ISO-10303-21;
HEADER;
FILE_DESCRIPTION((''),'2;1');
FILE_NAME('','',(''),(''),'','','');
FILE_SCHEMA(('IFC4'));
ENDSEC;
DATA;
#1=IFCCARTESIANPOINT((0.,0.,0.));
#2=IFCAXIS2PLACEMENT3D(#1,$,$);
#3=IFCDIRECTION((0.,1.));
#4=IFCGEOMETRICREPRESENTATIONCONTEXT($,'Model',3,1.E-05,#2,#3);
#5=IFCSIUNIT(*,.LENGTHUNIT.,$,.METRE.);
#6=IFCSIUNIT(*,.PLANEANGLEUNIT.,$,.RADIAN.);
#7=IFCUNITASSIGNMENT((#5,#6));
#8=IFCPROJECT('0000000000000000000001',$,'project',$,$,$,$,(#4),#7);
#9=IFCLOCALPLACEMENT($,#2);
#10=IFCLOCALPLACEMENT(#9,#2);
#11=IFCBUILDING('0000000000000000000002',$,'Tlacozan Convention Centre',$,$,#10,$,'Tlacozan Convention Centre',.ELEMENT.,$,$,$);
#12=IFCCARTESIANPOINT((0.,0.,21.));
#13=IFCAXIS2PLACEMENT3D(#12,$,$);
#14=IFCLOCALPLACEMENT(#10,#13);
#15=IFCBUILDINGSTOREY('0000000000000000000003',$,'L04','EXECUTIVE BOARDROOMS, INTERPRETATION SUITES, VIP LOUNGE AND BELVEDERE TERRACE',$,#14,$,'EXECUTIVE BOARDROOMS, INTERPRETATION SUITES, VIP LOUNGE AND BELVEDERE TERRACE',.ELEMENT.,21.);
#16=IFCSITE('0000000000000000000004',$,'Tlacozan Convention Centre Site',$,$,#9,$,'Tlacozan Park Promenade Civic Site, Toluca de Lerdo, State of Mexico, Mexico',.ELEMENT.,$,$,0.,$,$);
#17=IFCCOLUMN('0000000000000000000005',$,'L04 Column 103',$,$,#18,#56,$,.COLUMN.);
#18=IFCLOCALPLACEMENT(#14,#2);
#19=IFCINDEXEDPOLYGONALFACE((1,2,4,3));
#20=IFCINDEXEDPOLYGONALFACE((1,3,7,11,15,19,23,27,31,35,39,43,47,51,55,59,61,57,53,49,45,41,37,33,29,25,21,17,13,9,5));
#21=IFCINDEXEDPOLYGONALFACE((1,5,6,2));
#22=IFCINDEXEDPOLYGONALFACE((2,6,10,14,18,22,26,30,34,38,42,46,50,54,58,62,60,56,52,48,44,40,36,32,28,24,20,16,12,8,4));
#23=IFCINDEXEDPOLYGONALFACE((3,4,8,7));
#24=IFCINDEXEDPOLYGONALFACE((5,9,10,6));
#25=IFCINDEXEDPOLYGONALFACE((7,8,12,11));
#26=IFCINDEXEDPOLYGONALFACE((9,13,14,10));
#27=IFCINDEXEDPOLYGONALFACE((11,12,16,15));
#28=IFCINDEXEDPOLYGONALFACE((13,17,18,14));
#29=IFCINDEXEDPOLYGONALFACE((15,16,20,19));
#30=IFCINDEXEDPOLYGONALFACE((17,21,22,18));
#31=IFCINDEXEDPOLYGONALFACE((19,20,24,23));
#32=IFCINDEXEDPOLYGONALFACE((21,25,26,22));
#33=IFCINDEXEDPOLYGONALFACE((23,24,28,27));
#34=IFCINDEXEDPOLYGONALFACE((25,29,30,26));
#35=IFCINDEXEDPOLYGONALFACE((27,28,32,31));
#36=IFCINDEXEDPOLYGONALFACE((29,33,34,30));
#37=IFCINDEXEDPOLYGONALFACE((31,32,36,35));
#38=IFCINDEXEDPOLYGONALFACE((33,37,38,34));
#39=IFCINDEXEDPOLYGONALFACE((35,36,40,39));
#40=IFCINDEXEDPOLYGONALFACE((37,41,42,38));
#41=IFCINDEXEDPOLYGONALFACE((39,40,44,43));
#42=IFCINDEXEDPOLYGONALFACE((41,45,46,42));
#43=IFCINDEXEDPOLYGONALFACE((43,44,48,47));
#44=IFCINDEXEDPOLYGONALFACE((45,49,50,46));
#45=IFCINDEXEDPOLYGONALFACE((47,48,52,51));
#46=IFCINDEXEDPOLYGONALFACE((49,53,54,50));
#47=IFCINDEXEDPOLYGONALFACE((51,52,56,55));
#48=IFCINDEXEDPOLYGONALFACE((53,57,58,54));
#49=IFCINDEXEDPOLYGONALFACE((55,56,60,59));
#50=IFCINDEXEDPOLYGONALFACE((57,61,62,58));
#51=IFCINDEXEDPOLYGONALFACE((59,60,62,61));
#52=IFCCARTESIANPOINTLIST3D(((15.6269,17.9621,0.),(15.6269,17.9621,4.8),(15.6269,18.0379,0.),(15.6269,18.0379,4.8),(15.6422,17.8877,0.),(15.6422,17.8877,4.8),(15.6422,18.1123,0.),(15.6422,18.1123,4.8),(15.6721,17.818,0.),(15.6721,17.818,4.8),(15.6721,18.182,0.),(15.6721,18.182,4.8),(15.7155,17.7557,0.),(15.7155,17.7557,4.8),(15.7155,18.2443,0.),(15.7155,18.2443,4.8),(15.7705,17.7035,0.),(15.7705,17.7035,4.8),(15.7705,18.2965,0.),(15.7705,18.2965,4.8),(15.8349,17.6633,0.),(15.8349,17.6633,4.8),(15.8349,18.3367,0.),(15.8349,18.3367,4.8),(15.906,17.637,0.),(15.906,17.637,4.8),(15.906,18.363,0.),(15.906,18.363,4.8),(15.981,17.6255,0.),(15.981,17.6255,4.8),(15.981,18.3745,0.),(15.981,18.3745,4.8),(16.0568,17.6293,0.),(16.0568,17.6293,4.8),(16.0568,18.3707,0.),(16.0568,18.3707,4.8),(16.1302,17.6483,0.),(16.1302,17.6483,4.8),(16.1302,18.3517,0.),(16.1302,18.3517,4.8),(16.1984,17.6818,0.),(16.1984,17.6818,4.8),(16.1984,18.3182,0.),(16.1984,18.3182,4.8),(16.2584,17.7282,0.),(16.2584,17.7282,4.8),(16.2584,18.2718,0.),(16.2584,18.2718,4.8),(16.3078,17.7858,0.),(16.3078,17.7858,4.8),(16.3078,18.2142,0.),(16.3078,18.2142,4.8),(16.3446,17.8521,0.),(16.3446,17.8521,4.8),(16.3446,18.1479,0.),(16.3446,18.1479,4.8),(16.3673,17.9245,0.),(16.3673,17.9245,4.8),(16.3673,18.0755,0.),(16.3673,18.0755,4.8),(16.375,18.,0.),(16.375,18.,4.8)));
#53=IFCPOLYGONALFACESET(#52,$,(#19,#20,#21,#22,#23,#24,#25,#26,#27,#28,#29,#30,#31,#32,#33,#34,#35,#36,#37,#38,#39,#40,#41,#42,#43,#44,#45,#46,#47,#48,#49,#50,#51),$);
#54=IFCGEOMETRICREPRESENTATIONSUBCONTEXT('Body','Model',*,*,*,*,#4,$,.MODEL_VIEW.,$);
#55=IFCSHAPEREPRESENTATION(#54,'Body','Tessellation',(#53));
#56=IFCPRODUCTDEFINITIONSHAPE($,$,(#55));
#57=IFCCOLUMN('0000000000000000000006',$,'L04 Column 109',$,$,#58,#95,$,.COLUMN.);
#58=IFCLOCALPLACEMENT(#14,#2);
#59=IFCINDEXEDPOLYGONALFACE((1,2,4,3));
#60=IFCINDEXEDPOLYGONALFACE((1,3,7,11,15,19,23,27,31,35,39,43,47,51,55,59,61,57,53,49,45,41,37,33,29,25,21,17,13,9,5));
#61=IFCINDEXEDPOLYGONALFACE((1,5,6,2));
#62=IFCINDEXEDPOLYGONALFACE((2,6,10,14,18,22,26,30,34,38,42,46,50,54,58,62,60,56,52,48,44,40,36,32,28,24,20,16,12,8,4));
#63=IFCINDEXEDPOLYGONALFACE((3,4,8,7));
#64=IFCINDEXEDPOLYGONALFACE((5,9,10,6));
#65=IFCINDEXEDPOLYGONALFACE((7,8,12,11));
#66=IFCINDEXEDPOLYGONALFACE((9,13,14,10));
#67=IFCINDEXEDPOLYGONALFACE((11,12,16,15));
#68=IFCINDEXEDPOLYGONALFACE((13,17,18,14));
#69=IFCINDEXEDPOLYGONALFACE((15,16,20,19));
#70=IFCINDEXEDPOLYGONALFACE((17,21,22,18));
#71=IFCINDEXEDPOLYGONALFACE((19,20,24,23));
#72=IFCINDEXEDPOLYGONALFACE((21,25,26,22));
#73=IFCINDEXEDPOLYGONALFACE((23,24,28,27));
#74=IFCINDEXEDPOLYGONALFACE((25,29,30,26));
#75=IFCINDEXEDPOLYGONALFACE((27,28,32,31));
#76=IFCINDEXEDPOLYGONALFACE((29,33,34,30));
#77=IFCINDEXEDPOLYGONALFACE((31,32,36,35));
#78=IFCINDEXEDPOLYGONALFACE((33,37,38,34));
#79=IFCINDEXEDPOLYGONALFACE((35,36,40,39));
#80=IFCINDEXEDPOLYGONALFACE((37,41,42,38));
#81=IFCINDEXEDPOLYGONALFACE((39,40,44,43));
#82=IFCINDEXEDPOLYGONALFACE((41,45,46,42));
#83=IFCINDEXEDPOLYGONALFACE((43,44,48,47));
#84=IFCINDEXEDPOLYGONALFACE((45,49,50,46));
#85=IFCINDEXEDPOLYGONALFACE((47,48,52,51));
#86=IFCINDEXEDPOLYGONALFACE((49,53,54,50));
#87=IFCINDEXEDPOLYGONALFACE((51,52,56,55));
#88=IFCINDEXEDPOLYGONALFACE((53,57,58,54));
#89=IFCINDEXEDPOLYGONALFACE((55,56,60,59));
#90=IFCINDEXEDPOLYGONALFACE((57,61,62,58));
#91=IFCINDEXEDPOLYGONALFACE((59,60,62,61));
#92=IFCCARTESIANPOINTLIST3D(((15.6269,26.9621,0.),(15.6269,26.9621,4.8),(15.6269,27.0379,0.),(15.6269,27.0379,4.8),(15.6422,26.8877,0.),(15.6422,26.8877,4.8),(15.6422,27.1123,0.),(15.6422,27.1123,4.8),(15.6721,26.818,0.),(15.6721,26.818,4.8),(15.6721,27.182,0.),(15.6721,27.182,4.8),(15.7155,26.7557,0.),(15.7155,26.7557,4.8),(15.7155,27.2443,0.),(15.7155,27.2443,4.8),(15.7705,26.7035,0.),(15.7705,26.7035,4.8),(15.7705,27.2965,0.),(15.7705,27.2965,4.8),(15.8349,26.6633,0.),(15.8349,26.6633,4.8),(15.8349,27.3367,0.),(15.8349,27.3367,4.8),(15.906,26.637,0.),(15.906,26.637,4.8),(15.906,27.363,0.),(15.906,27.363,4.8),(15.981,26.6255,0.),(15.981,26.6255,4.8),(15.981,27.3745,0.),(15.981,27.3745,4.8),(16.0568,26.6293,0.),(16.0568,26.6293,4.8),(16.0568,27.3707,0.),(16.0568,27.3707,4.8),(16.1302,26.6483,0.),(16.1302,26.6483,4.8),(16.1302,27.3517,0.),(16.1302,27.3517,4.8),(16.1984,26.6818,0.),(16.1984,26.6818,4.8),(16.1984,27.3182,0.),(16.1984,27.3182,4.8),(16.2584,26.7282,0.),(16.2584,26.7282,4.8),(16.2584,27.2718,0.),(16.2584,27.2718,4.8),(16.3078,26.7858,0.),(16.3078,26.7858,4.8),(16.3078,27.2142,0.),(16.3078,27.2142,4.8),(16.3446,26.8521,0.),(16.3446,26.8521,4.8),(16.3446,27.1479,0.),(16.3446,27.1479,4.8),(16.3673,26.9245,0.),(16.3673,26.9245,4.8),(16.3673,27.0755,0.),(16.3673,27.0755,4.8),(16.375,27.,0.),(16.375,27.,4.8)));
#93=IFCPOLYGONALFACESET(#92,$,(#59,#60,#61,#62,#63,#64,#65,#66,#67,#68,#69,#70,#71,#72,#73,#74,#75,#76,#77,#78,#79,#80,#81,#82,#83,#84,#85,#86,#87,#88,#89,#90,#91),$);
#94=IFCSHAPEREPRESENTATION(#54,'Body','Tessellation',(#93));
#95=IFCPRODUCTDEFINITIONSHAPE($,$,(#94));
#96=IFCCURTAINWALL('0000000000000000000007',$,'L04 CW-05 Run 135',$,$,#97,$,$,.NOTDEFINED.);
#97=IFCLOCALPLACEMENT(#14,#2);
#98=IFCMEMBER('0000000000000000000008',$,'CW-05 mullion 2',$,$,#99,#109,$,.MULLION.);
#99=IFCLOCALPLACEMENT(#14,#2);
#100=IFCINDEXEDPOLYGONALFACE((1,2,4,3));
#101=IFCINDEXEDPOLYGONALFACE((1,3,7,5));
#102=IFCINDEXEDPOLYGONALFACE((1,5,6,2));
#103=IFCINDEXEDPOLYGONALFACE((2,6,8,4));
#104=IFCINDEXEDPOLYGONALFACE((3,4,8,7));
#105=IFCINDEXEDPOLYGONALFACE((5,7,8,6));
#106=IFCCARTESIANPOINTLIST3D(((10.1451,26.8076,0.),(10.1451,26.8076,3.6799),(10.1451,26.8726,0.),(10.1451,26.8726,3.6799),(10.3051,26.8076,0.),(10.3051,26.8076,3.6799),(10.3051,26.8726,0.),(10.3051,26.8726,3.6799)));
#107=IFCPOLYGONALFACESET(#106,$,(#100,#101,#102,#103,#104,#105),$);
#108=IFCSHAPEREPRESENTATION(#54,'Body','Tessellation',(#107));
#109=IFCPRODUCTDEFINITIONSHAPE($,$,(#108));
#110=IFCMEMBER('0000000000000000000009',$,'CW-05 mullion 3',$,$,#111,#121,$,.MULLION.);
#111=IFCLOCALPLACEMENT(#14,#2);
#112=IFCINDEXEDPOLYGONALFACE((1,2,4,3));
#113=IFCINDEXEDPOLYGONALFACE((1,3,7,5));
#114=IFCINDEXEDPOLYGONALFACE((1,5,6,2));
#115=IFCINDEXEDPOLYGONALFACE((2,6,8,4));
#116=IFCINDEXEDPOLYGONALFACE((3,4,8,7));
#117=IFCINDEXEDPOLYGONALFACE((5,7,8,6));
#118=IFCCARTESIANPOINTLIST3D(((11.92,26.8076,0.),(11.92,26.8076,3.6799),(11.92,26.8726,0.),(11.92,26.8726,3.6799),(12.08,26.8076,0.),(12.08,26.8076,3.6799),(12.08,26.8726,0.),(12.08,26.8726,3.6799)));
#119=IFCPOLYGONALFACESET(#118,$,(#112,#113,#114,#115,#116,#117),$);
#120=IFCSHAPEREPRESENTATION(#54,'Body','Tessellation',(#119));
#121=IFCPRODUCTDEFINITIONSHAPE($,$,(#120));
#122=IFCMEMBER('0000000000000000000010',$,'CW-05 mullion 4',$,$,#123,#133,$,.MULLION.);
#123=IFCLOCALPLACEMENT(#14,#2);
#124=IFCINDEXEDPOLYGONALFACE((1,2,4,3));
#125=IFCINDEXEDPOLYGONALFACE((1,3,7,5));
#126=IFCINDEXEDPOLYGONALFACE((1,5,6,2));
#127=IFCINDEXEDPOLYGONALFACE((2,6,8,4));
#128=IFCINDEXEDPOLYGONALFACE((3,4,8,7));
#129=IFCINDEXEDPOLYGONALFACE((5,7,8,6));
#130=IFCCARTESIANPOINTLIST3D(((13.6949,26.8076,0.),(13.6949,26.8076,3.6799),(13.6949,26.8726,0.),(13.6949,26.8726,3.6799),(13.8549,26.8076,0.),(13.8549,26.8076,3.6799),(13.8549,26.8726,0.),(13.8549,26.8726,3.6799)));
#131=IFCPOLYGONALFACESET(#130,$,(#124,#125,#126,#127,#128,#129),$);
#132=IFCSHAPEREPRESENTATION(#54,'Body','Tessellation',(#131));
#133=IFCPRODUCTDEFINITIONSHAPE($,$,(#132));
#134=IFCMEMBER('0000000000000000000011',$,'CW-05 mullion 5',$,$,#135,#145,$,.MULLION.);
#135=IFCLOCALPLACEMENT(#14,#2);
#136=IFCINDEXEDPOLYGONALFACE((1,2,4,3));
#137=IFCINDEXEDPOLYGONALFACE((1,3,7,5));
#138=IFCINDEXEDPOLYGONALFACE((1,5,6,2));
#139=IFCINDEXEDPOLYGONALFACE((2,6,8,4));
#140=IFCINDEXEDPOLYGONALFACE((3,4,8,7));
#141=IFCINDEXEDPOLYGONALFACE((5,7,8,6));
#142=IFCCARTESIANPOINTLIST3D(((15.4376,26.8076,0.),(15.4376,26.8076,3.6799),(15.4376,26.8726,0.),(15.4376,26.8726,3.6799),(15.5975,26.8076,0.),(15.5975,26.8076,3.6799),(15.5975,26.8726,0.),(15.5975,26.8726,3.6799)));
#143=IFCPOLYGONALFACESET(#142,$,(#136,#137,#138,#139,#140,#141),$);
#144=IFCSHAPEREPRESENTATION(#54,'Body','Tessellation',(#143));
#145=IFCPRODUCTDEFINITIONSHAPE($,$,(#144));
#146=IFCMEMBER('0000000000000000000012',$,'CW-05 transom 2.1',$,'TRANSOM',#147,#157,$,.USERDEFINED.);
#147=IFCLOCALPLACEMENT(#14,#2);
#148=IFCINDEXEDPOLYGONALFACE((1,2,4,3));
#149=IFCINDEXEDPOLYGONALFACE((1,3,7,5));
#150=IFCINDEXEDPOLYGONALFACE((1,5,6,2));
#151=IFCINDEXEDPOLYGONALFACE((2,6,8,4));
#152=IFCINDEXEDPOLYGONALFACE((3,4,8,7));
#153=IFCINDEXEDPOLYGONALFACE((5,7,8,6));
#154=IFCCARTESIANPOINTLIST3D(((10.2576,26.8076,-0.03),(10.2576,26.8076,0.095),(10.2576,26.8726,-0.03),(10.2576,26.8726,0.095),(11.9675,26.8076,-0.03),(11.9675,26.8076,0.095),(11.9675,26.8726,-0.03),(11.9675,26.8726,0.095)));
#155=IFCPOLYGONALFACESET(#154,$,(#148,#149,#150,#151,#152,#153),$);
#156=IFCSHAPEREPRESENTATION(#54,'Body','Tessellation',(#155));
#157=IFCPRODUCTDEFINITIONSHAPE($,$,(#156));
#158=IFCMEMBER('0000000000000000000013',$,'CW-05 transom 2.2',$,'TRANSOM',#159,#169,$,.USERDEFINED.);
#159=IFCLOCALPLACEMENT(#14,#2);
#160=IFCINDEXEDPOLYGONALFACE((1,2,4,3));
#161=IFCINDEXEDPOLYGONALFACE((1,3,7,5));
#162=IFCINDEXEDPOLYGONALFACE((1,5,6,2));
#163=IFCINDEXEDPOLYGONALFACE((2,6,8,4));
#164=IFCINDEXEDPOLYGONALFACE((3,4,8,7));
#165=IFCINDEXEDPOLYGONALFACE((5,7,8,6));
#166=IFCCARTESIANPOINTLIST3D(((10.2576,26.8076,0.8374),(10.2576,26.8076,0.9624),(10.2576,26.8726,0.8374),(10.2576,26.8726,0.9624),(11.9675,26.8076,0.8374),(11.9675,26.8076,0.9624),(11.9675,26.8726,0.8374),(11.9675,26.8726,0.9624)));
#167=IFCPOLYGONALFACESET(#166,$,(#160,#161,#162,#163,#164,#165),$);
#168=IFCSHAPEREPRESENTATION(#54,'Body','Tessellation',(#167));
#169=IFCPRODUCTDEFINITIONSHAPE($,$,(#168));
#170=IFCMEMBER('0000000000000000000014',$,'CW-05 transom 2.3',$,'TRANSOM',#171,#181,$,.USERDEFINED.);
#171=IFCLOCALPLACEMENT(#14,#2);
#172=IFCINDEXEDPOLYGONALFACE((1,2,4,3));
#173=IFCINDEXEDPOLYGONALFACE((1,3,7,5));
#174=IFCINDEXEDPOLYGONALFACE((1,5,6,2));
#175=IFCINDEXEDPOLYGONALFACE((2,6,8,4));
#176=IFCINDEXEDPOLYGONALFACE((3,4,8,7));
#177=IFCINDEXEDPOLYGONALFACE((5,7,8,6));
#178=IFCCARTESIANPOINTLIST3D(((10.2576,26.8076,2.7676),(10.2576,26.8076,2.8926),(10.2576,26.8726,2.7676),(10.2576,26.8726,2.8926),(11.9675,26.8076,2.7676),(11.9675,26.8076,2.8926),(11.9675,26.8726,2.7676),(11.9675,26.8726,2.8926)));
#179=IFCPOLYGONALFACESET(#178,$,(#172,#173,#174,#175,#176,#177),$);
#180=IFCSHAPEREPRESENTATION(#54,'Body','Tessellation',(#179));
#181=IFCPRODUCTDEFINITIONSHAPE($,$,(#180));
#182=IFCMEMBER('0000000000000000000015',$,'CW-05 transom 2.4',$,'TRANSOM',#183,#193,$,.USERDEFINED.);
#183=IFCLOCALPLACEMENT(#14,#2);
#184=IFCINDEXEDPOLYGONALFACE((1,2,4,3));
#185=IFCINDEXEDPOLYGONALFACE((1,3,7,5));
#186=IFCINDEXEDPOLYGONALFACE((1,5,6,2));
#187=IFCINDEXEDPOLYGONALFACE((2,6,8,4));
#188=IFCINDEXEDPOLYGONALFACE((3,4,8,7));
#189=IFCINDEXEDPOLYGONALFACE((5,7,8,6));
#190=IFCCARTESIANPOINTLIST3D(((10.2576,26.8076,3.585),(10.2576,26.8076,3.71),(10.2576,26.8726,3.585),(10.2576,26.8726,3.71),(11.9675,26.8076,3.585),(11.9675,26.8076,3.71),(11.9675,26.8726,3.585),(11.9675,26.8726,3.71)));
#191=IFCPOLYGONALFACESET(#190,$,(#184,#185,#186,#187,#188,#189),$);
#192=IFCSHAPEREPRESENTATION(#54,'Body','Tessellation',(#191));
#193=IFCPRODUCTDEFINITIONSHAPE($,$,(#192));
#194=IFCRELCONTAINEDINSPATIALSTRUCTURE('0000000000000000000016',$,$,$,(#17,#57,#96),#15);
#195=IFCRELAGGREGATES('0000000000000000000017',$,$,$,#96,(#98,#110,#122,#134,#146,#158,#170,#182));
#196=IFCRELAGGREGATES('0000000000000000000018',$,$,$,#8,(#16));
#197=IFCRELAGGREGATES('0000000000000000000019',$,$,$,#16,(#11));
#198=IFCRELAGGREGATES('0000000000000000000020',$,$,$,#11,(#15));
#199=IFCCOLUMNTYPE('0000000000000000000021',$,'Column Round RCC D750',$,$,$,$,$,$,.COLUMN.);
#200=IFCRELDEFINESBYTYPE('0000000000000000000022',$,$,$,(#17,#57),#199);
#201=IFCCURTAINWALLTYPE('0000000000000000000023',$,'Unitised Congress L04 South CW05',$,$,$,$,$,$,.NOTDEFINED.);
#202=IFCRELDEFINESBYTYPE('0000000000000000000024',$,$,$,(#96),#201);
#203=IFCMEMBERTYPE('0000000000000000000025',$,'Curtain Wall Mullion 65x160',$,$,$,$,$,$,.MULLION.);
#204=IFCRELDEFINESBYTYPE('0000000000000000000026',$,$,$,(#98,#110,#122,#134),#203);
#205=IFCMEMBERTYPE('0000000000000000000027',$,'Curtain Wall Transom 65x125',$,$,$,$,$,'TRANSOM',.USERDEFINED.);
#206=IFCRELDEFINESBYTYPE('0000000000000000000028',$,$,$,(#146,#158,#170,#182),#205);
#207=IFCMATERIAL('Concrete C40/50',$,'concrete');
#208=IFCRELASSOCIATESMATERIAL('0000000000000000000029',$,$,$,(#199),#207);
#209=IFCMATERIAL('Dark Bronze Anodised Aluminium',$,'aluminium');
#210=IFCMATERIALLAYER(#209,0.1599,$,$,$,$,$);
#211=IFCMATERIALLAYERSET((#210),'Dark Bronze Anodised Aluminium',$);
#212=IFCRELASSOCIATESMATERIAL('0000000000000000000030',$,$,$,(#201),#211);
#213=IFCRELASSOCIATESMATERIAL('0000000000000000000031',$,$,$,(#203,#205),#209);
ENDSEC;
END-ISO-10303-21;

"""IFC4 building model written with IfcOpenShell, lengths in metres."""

from ifc_helpers import new_model, si_unit, direction, frame, origin, origin_2d, place, context, subcontext, project, spatial, rectangle, circle, extrude, material, layer, layer_set, material_profile, profile_set, type_object, element, aggregate, save


model = new_model("IFC4")

# Units and contexts
model_context = context("Model", 3, precision=1e-05, world=origin(), true_north=direction((0.0, 1.0)))
body_context = subcontext(model_context, "Body", "Model", "MODEL_VIEW")
ifc_project = project(units=[si_unit("LENGTHUNIT", "METRE"), si_unit("PLANEANGLEUNIT", "RADIAN")], contexts=[model_context])

# Site, building, storey
site_placement = place(None, origin())
site = spatial("IfcSite", under=ifc_project, at=site_placement, Name="Tlacozan Convention Centre Site", LongName="Tlacozan Park Promenade Civic Site, Toluca de Lerdo, State of Mexico, Mexico", CompositionType="ELEMENT", RefElevation=0.0)
building_placement = place(site_placement, origin())
building = spatial("IfcBuilding", under=site, at=building_placement, Name="Tlacozan Convention Centre", LongName="Tlacozan Convention Centre", CompositionType="ELEMENT")
storey_placement = place(building_placement, frame((0.0, 0.0, 21.0)))
storey = spatial("IfcBuildingStorey", under=building, at=storey_placement, Name="L04", Description="EXECUTIVE BOARDROOMS, INTERPRETATION SUITES, VIP LOUNGE AND BELVEDERE TERRACE", LongName="EXECUTIVE BOARDROOMS, INTERPRETATION SUITES, VIP LOUNGE AND BELVEDERE TERRACE", CompositionType="ELEMENT", Elevation=21.0)

# Columns
ifc_material_1 = material(Name="Concrete C40/50", Category="concrete")
ifc_material_profile_1 = material_profile(ifc_material_1, circle(Radius=0.375, at=origin_2d()), Name="RCC D750")
ifc_profile_set_1 = profile_set([ifc_material_profile_1], Name="Concrete C40/50")
column_type = type_object("IfcColumnType", Name="Column Round RCC D750", PredefinedType="COLUMN", material=ifc_profile_set_1)
for number, where, z_axis, x_axis, name in (
    (1, (16.0, 18.0, 0.0), (0.0, 0.0, 1.0), (1.0, 0.0, 0.0), "L04 Column 103"),
    (2, (16.0, 27.0, 0.0), (0.0, 0.0, 1.0), (1.0, 0.0, 0.0), "L04 Column 109"),
):
    element("IfcColumn", number, at=place(storey_placement, frame(where, z_axis=z_axis, x_axis=x_axis)), inside=storey, type_object=column_type, Name=name, PredefinedType="COLUMN", context=body_context, shape_type="SweptSolid", body=[
        extrude(circle(Radius=0.375, at=origin_2d()), origin(), (0.0, 0.0, 1.0), 4.8),
    ])

# Curtain wall, members
ifc_material_2 = material(Name="Dark Bronze Anodised Aluminium", Category="aluminium")
ifc_layer_1 = layer(ifc_material_2, 0.1599)
ifc_layer_set_1 = layer_set([ifc_layer_1], Name="Dark Bronze Anodised Aluminium")
curtain_wall_type = type_object("IfcCurtainWallType", Name="Unitised Congress L04 South CW05", PredefinedType="NOTDEFINED", material=ifc_layer_set_1)
curtain_wall_placement = place(storey_placement, origin())
curtain_wall = element("IfcCurtainWall", 3, at=curtain_wall_placement, inside=storey, type_object=curtain_wall_type, Name="L04 CW-05 Run 135", PredefinedType="NOTDEFINED")
ifc_material_profile_2 = material_profile(ifc_material_2, rectangle(XDim=0.0649, YDim=0.1599, at=origin_2d()), Name="ALU 65x160")
ifc_profile_set_2 = profile_set([ifc_material_profile_2], Name="Dark Bronze Anodised Aluminium")
member_type_1 = type_object("IfcMemberType", Name="Curtain Wall Mullion 65x160", PredefinedType="MULLION", material=ifc_profile_set_2)
member_1_placement = place(storey_placement, frame((10.2251, 26.8401, 0.0), z_axis=(0.0, 0.0, 1.0), x_axis=(0.0, 1.0, 0.0)))
member_1 = element("IfcMember", 4, at=member_1_placement, type_object=member_type_1, Name="CW-05 mullion 2", PredefinedType="MULLION", context=body_context, shape_type="SweptSolid", body=[
    extrude(rectangle(XDim=0.0649, YDim=0.1599, at=origin_2d()), origin(), (0.0, 0.0, 1.0), 3.6799),
])
member_2_placement = place(storey_placement, frame((12.0, 26.8401, 0.0), z_axis=(0.0, 0.0, 1.0), x_axis=(0.0, 1.0, 0.0)))
member_2 = element("IfcMember", 5, at=member_2_placement, type_object=member_type_1, Name="CW-05 mullion 3", PredefinedType="MULLION", context=body_context, shape_type="SweptSolid", body=[
    extrude(rectangle(XDim=0.0649, YDim=0.1599, at=origin_2d()), origin(), (0.0, 0.0, 1.0), 3.6799),
])
member_3_placement = place(storey_placement, frame((13.7749, 26.8401, 0.0), z_axis=(0.0, 0.0, 1.0), x_axis=(0.0, 1.0, 0.0)))
member_3 = element("IfcMember", 6, at=member_3_placement, type_object=member_type_1, Name="CW-05 mullion 4", PredefinedType="MULLION", context=body_context, shape_type="SweptSolid", body=[
    extrude(rectangle(XDim=0.0649, YDim=0.1599, at=origin_2d()), origin(), (0.0, 0.0, 1.0), 3.6799),
])
member_4_placement = place(storey_placement, frame((15.5176, 26.8401, 0.0), z_axis=(0.0, 0.0, 1.0), x_axis=(0.0, 1.0, 0.0)))
member_4 = element("IfcMember", 7, at=member_4_placement, type_object=member_type_1, Name="CW-05 mullion 5", PredefinedType="MULLION", context=body_context, shape_type="SweptSolid", body=[
    extrude(rectangle(XDim=0.0649, YDim=0.1599, at=origin_2d()), origin(), (0.0, 0.0, 1.0), 3.6799),
])
ifc_material_profile_3 = material_profile(ifc_material_2, rectangle(XDim=0.0649, YDim=0.125, at=origin_2d()), Name="ALU 65x125")
ifc_profile_set_3 = profile_set([ifc_material_profile_3], Name="Dark Bronze Anodised Aluminium")
member_type_2 = type_object("IfcMemberType", Name="Curtain Wall Transom 65x125", ElementType="TRANSOM", PredefinedType="USERDEFINED", material=ifc_profile_set_3)
member_5_placement = place(storey_placement, frame((10.2576, 26.8401, 0.0325), z_axis=(1.0, 0.0, 0.0), x_axis=(0.0, 1.0, 0.0)))
member_5 = element("IfcMember", 8, at=member_5_placement, type_object=member_type_2, Name="CW-05 transom 2.1", ObjectType="TRANSOM", PredefinedType="USERDEFINED", context=body_context, shape_type="SweptSolid", body=[
    extrude(rectangle(XDim=0.0649, YDim=0.125, at=origin_2d()), origin(), (0.0, 0.0, 1.0), 1.71),
])
member_6_placement = place(storey_placement, frame((10.2576, 26.8401, 0.8999), z_axis=(1.0, 0.0, 0.0), x_axis=(0.0, 1.0, 0.0)))
member_6 = element("IfcMember", 9, at=member_6_placement, type_object=member_type_2, Name="CW-05 transom 2.2", ObjectType="TRANSOM", PredefinedType="USERDEFINED", context=body_context, shape_type="SweptSolid", body=[
    extrude(rectangle(XDim=0.0649, YDim=0.125, at=origin_2d()), origin(), (0.0, 0.0, 1.0), 1.71),
])
member_7_placement = place(storey_placement, frame((10.2576, 26.8401, 2.8301), z_axis=(1.0, 0.0, 0.0), x_axis=(0.0, 1.0, 0.0)))
member_7 = element("IfcMember", 10, at=member_7_placement, type_object=member_type_2, Name="CW-05 transom 2.3", ObjectType="TRANSOM", PredefinedType="USERDEFINED", context=body_context, shape_type="SweptSolid", body=[
    extrude(rectangle(XDim=0.0649, YDim=0.125, at=origin_2d()), origin(), (0.0, 0.0, 1.0), 1.71),
])
member_8_placement = place(storey_placement, frame((10.2576, 26.8401, 3.6475), z_axis=(1.0, 0.0, 0.0), x_axis=(0.0, 1.0, 0.0)))
member_8 = element("IfcMember", 11, at=member_8_placement, type_object=member_type_2, Name="CW-05 transom 2.4", ObjectType="TRANSOM", PredefinedType="USERDEFINED", context=body_context, shape_type="SweptSolid", body=[
    extrude(rectangle(XDim=0.0649, YDim=0.125, at=origin_2d()), origin(), (0.0, 0.0, 1.0), 1.71),
])

aggregate(curtain_wall, [member_1, member_2, member_3, member_4, member_5, member_6, member_7, member_8])

save(model, "model.ifc")
